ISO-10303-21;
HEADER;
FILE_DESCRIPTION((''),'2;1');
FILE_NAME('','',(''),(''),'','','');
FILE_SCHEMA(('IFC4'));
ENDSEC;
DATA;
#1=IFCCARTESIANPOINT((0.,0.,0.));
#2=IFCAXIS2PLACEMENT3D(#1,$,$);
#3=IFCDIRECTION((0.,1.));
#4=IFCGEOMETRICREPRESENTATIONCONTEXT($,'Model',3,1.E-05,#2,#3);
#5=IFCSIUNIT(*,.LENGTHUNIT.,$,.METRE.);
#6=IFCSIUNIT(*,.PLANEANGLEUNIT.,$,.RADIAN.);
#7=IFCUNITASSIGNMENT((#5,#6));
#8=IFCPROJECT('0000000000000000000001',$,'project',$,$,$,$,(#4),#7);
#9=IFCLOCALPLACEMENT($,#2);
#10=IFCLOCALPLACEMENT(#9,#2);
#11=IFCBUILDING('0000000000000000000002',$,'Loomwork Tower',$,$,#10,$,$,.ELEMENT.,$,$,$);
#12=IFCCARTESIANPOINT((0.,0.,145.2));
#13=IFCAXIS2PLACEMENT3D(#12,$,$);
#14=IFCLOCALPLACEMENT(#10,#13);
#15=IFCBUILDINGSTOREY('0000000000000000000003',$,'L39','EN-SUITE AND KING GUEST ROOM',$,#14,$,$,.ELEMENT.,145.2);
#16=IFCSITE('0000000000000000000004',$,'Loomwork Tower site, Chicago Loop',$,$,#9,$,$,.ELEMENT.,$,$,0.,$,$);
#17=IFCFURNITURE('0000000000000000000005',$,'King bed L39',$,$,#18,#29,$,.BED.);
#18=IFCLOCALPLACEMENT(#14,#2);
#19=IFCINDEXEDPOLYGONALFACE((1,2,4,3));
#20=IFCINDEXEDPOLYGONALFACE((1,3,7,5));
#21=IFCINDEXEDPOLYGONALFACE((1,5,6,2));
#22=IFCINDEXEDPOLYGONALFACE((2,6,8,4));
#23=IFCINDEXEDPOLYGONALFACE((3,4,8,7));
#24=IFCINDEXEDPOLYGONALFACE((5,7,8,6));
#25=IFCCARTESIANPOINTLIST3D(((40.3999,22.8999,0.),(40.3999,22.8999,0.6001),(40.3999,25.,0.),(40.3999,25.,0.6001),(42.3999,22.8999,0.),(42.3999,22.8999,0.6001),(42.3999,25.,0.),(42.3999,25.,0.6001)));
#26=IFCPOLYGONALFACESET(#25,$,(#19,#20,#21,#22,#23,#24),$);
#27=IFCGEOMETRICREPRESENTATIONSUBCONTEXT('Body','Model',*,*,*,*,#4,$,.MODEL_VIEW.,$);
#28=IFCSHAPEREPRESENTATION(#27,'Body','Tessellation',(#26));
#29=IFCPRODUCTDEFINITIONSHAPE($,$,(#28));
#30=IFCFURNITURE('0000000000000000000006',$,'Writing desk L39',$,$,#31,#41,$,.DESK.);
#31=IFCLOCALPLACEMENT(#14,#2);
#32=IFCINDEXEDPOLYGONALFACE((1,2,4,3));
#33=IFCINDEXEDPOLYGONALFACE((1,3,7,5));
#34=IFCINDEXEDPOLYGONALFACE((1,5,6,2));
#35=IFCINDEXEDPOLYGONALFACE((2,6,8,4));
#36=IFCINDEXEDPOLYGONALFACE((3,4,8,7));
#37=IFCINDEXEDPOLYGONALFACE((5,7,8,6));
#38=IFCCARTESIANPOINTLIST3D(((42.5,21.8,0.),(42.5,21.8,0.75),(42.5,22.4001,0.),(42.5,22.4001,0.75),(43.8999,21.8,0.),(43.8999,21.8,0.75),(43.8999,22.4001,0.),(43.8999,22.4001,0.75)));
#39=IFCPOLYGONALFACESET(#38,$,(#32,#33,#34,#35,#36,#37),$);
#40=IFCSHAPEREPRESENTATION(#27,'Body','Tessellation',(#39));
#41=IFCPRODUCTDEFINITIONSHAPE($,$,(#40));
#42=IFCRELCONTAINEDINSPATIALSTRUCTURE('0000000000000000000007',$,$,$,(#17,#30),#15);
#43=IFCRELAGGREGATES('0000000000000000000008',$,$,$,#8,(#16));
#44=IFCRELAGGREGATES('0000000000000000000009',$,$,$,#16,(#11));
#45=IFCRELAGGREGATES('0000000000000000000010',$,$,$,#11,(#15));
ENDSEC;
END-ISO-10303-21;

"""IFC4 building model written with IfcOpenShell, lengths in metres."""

from ifc_helpers import new_model, si_unit, direction, frame, origin, origin_2d, place, context, subcontext, project, spatial, rectangle, extrude, element, save


model = new_model("IFC4")

# Units and contexts
model_context = context("Model", 3, precision=1e-05, world=origin(), true_north=direction((0.0, 1.0)))
body_context = subcontext(model_context, "Body", "Model", "MODEL_VIEW")
ifc_project = project(units=[si_unit("LENGTHUNIT", "METRE"), si_unit("PLANEANGLEUNIT", "RADIAN")], contexts=[model_context])

# Site, building, storey
site_placement = place(None, origin())
site = spatial("IfcSite", under=ifc_project, at=site_placement, Name="Loomwork Tower site, Chicago Loop", CompositionType="ELEMENT", RefElevation=0.0)
building_placement = place(site_placement, origin())
building = spatial("IfcBuilding", under=site, at=building_placement, Name="Loomwork Tower", CompositionType="ELEMENT")
storey_placement = place(building_placement, frame((0.0, 0.0, 145.2)))
storey = spatial("IfcBuildingStorey", under=building, at=storey_placement, Name="L39", Description="EN-SUITE AND KING GUEST ROOM", CompositionType="ELEMENT", Elevation=145.2)

# Furniture
furniture_1_placement = place(storey_placement, frame((41.3999, 23.95, 0.0), z_axis=(0.0, 0.0, 1.0), x_axis=(1.0, 0.0, 0.0)))
element("IfcFurniture", 1, at=furniture_1_placement, inside=storey, Name="King bed L39", PredefinedType="BED", context=body_context, shape_type="SweptSolid", body=[
    extrude(rectangle(XDim=2.0, YDim=2.1001, at=origin_2d()), origin(), (0.0, 0.0, 1.0), 0.6001),
])
furniture_2_placement = place(storey_placement, frame((43.2, 22.1001, 0.0), z_axis=(0.0, 0.0, 1.0), x_axis=(1.0, 0.0, 0.0)))
element("IfcFurniture", 2, at=furniture_2_placement, inside=storey, Name="Writing desk L39", PredefinedType="DESK", context=body_context, shape_type="SweptSolid", body=[
    extrude(rectangle(XDim=1.3999, YDim=0.6001, at=origin_2d()), origin(), (0.0, 0.0, 1.0), 0.75),
])

save(model, "model.ifc")
